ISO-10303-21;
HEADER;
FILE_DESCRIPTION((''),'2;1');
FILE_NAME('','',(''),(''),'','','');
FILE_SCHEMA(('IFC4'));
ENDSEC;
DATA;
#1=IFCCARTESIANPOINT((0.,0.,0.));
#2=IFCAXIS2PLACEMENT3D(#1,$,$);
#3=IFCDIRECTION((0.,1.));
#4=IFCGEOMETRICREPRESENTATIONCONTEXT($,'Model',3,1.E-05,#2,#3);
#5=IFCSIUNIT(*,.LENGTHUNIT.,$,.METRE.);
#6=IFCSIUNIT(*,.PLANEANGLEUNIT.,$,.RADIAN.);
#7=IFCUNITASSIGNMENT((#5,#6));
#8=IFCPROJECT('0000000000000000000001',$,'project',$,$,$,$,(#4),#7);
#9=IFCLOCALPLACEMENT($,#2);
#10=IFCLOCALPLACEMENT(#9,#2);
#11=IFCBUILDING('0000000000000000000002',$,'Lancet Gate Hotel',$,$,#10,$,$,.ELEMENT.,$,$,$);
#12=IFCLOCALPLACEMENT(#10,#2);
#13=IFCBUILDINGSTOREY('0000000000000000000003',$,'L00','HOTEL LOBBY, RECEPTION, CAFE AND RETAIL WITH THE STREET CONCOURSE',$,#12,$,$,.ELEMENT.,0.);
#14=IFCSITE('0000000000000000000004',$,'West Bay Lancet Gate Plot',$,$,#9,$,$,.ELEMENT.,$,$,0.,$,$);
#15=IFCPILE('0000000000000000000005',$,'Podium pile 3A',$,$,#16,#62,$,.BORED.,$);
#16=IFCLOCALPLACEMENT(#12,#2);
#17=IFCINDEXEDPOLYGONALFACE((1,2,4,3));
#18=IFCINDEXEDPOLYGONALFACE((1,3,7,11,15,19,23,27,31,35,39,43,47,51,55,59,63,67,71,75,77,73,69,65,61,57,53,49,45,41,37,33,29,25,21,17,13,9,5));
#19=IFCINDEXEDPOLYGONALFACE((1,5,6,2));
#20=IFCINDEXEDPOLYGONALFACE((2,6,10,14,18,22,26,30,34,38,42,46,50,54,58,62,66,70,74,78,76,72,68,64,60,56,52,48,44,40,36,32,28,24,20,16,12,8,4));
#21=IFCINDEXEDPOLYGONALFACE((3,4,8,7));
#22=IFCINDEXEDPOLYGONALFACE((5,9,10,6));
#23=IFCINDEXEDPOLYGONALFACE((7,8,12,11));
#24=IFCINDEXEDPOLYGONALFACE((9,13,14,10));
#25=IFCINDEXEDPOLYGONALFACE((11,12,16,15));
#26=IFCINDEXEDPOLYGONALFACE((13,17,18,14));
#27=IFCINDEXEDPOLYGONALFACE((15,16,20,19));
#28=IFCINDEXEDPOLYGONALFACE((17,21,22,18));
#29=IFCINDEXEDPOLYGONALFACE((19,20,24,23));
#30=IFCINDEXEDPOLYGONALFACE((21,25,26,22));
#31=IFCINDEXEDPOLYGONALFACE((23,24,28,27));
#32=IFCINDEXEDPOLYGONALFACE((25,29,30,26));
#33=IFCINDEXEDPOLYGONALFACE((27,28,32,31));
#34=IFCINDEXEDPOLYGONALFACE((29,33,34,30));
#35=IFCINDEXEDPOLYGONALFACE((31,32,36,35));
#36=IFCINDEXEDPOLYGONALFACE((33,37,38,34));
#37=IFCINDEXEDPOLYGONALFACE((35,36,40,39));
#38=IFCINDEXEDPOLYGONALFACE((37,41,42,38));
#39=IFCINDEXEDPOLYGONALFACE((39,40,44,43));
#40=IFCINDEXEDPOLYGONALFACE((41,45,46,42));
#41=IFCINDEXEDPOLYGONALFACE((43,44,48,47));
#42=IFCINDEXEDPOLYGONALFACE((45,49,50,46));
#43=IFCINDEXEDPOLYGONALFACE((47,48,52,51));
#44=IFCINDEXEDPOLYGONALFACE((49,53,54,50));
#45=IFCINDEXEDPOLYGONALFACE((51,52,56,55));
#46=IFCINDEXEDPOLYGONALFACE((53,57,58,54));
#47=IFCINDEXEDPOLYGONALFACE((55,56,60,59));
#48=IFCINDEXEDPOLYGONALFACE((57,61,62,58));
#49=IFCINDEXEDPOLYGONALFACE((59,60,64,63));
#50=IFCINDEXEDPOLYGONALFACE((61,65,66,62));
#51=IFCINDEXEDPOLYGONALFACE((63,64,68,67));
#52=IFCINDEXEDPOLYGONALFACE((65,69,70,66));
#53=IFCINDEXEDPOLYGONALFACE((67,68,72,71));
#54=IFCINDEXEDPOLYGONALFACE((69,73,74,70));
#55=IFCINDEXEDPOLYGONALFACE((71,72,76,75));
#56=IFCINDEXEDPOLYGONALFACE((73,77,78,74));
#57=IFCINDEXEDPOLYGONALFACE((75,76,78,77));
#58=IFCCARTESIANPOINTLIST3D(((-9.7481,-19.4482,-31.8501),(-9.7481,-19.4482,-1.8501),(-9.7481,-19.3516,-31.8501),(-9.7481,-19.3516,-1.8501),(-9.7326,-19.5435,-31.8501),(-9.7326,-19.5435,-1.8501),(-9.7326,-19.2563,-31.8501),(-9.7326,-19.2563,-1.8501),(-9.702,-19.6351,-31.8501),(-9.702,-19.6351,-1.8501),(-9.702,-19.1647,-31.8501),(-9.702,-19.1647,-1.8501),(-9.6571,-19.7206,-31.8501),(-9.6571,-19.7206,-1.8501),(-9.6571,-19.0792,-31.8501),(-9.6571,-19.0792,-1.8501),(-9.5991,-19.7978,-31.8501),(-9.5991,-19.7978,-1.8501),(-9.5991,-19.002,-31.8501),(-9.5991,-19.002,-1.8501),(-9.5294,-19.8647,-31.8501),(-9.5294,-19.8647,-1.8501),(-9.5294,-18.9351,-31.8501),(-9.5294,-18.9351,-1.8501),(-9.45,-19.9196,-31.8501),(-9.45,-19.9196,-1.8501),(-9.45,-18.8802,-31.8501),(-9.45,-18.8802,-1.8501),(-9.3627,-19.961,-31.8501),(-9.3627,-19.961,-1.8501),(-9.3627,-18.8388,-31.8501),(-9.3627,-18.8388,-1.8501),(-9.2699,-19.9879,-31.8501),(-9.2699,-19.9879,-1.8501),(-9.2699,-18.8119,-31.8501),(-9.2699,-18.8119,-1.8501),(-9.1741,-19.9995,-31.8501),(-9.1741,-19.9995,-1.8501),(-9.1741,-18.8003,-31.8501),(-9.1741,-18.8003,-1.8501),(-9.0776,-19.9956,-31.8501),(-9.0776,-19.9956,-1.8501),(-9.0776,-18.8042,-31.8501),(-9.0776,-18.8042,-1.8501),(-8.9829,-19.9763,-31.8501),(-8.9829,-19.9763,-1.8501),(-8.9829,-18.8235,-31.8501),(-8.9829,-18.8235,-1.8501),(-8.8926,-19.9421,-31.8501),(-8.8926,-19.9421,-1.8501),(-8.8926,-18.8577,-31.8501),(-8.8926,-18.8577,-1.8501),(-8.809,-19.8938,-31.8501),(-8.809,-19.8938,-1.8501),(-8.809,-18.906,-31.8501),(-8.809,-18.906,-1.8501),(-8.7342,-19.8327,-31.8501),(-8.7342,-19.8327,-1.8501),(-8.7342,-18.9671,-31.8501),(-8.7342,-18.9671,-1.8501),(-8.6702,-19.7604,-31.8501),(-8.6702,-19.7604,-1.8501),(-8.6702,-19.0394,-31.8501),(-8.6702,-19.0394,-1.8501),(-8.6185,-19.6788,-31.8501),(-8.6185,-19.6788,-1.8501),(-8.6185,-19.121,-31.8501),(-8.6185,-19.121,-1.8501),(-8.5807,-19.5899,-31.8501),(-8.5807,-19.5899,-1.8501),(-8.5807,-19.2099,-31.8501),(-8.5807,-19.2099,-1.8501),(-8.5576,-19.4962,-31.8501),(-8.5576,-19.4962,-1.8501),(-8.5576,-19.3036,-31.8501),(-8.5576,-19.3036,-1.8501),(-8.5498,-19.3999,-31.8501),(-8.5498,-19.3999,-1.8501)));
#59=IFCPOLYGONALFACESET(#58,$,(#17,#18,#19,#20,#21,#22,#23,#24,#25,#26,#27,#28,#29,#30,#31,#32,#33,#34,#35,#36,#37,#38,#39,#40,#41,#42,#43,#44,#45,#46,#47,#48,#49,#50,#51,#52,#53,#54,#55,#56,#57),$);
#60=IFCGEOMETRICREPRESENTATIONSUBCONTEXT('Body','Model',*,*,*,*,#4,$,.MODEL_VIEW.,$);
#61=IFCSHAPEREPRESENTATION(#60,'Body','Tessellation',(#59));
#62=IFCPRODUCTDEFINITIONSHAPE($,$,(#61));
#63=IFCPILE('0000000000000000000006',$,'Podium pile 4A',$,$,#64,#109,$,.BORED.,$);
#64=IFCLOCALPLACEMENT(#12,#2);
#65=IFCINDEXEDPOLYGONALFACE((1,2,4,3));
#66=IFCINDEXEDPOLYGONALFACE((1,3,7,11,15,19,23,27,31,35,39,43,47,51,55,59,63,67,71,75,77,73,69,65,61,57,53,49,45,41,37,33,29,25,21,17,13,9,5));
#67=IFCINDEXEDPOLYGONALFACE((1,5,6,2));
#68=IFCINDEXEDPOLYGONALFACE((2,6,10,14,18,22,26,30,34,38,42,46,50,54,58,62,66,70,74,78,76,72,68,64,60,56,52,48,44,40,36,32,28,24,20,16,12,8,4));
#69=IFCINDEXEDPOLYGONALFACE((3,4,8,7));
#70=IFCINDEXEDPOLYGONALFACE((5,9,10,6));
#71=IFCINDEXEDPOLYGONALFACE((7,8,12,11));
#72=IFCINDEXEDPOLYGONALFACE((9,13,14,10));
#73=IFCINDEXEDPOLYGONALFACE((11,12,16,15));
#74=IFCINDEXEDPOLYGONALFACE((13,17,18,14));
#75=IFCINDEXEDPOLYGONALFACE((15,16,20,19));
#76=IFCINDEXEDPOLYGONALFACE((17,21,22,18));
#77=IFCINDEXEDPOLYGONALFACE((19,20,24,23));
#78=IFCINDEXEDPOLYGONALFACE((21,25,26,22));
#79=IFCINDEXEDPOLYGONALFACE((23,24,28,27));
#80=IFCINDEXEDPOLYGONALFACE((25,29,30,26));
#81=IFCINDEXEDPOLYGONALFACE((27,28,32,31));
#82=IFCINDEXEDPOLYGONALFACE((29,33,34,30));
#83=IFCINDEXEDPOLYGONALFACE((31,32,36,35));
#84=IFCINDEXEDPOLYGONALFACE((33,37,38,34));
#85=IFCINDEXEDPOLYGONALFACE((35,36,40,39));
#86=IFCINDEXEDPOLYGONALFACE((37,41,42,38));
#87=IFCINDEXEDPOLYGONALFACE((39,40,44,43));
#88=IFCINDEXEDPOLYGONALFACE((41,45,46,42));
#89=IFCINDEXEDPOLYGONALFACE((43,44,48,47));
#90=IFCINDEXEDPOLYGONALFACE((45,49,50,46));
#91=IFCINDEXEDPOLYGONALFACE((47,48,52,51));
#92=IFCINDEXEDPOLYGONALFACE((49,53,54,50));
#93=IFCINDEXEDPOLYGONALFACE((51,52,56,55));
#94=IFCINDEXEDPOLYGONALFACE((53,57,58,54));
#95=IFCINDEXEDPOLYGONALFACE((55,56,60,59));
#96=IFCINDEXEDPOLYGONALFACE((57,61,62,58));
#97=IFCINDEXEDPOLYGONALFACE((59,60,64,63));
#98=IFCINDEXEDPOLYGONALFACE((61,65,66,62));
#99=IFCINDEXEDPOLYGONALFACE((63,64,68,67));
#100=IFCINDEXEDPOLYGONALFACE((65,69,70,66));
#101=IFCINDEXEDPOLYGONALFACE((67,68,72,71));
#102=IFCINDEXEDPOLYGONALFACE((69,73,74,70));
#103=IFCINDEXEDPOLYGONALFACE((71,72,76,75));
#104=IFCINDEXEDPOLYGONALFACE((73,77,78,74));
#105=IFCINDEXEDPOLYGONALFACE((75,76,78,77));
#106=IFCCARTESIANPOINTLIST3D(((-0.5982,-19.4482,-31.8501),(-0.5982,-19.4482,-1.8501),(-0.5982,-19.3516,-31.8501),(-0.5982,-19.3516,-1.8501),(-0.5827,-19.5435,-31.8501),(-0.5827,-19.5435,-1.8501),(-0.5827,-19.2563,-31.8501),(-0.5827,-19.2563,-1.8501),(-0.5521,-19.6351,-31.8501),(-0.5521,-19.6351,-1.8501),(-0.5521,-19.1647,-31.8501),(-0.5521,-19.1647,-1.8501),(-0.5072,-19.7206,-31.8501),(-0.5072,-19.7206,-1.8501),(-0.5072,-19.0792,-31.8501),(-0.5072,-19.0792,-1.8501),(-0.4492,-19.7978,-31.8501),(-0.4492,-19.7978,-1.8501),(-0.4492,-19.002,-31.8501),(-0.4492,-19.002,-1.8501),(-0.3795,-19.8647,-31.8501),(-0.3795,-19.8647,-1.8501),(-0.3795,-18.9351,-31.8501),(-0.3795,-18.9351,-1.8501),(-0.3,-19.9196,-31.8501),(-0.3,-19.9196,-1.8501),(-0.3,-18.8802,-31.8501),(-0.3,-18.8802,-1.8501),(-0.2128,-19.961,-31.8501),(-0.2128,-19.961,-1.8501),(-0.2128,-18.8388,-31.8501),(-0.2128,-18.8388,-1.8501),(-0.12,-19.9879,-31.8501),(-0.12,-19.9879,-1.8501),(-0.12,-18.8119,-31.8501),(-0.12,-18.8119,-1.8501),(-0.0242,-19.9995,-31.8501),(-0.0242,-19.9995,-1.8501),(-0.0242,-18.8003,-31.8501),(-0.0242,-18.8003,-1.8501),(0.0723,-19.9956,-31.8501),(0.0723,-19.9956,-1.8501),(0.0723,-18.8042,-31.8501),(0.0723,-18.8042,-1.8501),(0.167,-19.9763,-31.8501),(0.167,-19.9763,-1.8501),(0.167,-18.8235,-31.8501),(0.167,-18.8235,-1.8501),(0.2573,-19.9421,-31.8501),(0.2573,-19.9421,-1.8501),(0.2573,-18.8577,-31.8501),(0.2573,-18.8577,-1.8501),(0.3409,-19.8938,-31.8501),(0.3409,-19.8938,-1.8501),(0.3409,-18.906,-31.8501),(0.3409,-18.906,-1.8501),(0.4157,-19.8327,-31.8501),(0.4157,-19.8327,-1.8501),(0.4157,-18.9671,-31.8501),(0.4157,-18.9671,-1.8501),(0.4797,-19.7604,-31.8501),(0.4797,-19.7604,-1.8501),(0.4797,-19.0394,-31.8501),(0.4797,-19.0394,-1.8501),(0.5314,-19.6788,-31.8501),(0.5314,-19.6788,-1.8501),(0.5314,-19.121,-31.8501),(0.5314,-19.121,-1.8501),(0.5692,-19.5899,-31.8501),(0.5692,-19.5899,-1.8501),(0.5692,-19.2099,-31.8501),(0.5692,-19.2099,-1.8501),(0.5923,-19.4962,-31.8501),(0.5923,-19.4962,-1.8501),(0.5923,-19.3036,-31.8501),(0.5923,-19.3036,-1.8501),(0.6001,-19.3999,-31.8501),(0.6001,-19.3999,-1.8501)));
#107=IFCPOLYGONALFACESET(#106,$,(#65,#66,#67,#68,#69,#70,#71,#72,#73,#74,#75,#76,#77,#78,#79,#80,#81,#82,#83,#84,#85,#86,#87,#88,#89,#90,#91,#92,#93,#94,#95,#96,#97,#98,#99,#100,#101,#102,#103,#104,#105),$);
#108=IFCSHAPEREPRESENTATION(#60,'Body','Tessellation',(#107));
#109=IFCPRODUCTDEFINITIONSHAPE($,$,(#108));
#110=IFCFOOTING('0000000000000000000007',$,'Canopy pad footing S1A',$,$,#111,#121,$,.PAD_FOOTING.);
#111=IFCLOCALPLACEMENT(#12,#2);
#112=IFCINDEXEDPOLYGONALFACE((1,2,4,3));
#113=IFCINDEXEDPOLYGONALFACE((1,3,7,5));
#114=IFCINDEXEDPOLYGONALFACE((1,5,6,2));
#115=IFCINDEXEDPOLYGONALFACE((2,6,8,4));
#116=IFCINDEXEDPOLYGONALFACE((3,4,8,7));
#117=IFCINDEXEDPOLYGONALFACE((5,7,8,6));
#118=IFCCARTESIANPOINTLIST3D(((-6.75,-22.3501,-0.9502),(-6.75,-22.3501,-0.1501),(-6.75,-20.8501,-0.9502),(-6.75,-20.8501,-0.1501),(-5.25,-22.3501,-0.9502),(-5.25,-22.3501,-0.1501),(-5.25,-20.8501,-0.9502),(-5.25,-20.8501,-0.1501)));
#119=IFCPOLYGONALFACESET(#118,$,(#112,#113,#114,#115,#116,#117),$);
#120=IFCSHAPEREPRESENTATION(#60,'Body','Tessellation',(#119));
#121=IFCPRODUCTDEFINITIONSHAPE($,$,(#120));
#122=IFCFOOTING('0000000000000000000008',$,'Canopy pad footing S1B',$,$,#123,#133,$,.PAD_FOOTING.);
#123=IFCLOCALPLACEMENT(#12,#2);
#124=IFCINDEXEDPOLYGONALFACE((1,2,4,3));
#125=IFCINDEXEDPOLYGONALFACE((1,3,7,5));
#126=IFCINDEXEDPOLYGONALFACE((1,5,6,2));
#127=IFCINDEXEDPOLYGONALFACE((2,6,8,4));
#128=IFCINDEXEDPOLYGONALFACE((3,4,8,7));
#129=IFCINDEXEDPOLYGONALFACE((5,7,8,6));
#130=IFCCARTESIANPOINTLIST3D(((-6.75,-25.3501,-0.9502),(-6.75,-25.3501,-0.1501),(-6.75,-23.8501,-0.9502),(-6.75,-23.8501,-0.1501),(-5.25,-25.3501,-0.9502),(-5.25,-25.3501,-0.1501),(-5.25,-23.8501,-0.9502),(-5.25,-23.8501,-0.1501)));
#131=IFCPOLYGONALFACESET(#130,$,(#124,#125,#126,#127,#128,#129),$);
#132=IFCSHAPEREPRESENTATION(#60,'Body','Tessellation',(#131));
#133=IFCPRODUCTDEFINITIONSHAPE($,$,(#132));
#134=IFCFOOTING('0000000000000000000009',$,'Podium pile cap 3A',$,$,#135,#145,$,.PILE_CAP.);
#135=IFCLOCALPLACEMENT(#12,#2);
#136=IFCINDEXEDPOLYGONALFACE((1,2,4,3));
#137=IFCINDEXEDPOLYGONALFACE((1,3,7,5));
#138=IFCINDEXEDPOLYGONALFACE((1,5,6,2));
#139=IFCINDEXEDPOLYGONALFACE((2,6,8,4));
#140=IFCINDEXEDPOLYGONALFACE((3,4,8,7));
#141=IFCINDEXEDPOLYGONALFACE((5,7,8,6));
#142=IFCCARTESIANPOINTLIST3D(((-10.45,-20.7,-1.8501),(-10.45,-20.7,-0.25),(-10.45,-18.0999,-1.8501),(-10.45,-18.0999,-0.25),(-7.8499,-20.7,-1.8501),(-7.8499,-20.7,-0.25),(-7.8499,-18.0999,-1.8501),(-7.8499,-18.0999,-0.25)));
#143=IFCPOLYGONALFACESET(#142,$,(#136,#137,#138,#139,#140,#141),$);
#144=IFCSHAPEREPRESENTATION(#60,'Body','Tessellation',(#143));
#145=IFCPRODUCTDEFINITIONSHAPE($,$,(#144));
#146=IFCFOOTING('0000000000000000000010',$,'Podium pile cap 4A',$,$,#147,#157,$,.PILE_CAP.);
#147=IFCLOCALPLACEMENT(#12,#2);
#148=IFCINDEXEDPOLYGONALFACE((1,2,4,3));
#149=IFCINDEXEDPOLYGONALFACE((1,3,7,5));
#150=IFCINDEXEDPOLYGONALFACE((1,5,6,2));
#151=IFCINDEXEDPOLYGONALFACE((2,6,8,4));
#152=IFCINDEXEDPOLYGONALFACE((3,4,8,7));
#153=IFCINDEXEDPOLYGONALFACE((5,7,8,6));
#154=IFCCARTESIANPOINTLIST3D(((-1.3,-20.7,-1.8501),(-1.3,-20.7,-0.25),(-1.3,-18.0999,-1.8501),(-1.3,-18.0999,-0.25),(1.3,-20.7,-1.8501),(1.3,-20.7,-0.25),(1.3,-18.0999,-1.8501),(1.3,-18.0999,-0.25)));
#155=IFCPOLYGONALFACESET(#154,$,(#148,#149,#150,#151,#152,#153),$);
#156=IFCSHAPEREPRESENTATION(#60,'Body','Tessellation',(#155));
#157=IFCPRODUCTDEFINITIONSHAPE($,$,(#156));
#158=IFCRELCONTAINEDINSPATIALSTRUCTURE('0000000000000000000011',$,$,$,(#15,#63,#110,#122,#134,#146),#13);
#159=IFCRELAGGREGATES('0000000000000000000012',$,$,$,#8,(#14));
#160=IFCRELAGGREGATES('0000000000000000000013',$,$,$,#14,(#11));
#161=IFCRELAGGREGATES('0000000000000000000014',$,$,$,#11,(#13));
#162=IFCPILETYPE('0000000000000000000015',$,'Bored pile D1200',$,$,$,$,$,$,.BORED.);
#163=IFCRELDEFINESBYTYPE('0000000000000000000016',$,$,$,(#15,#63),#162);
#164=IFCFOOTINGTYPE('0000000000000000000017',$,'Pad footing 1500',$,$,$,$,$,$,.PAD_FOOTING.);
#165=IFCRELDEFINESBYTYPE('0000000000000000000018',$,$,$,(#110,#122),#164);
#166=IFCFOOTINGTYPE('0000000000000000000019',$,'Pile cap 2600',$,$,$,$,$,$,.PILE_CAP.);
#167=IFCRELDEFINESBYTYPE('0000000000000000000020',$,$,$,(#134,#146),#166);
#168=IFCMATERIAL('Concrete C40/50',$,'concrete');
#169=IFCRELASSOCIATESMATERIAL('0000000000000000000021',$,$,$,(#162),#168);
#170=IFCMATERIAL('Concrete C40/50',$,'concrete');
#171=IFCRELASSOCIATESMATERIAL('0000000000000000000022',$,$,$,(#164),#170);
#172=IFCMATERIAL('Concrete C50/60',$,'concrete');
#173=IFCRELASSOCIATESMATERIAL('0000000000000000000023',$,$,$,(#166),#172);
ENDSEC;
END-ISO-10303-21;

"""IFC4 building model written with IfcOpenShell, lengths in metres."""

from ifc_helpers import new_model, si_unit, direction, frame, origin, origin_2d, place, context, subcontext, project, spatial, rectangle, circle, extrude, material, material_profile, profile_set, type_object, element, save


model = new_model("IFC4")

# Units and contexts
model_context = context("Model", 3, precision=1e-05, world=origin(), true_north=direction((0.0, 1.0)))
body_context = subcontext(model_context, "Body", "Model", "MODEL_VIEW")
ifc_project = project(units=[si_unit("LENGTHUNIT", "METRE"), si_unit("PLANEANGLEUNIT", "RADIAN")], contexts=[model_context])

# Site, building, storey
site_placement = place(None, origin())
site = spatial("IfcSite", under=ifc_project, at=site_placement, Name="West Bay Lancet Gate Plot", CompositionType="ELEMENT", RefElevation=0.0)
building_placement = place(site_placement, origin())
building = spatial("IfcBuilding", under=site, at=building_placement, Name="Lancet Gate Hotel", CompositionType="ELEMENT")
storey_placement = place(building_placement, origin())
storey = spatial("IfcBuildingStorey", under=building, at=storey_placement, Name="L00", Description="HOTEL LOBBY, RECEPTION, CAFE AND RETAIL WITH THE STREET CONCOURSE", CompositionType="ELEMENT", Elevation=0.0)

# Piles
ifc_material_1 = material(Name="Concrete C40/50", Category="concrete")
ifc_material_profile_1 = material_profile(ifc_material_1, circle(Radius=0.6001, at=origin_2d()), Name="PILE D1200")
ifc_profile_set_1 = profile_set([ifc_material_profile_1], Name="Concrete C40/50")
pile_type = type_object("IfcPileType", Name="Bored pile D1200", PredefinedType="BORED", material=ifc_profile_set_1)
for number, where, z_axis, x_axis, name in (
    (1, (-9.1499, -19.3999, -1.8501), (0.0, 0.0, -1.0), (1.0, 0.0, 0.0), "Podium pile 3A"),
    (2, (0.0, -19.3999, -1.8501), (0.0, 0.0, -1.0), (1.0, 0.0, 0.0), "Podium pile 4A"),
):
    element("IfcPile", number, at=place(storey_placement, frame(where, z_axis=z_axis, x_axis=x_axis)), inside=storey, type_object=pile_type, Name=name, PredefinedType="BORED", context=body_context, shape_type="SweptSolid", body=[
        extrude(circle(Radius=0.6001, at=origin_2d()), origin(), (0.0, 0.0, 1.0), 30.0),
    ])

# Footings
ifc_material_2 = material(Name="Concrete C40/50", Category="concrete")
footing_type_1 = type_object("IfcFootingType", Name="Pad footing 1500", PredefinedType="PAD_FOOTING", material=ifc_material_2)
for number, where, z_axis, x_axis, name in (
    (3, (-6.0, -21.6001, -0.9502), (0.0, 0.0, 1.0), (1.0, 0.0, 0.0), "Canopy pad footing S1A"),
    (4, (-6.0, -24.6001, -0.9502), (0.0, 0.0, 1.0), (1.0, 0.0, 0.0), "Canopy pad footing S1B"),
):
    element("IfcFooting", number, at=place(storey_placement, frame(where, z_axis=z_axis, x_axis=x_axis)), inside=storey, type_object=footing_type_1, Name=name, PredefinedType="PAD_FOOTING", context=body_context, shape_type="SweptSolid", body=[
        extrude(rectangle(XDim=1.5, YDim=1.5, at=origin_2d()), origin(), (0.0, 0.0, 1.0), 0.8),
    ])
ifc_material_3 = material(Name="Concrete C50/60", Category="concrete")
footing_type_2 = type_object("IfcFootingType", Name="Pile cap 2600", PredefinedType="PILE_CAP", material=ifc_material_3)
for number, where, z_axis, x_axis, name in (
    (5, (-9.1499, -19.3999, -1.8501), (0.0, 0.0, 1.0), (1.0, 0.0, 0.0), "Podium pile cap 3A"),
    (6, (0.0, -19.3999, -1.8501), (0.0, 0.0, 1.0), (1.0, 0.0, 0.0), "Podium pile cap 4A"),
):
    element("IfcFooting", number, at=place(storey_placement, frame(where, z_axis=z_axis, x_axis=x_axis)), inside=storey, type_object=footing_type_2, Name=name, PredefinedType="PILE_CAP", context=body_context, shape_type="SweptSolid", body=[
        extrude(rectangle(XDim=2.6001, YDim=2.6001, at=origin_2d()), origin(), (0.0, 0.0, 1.0), 1.6001),
    ])

save(model, "model.ifc")
